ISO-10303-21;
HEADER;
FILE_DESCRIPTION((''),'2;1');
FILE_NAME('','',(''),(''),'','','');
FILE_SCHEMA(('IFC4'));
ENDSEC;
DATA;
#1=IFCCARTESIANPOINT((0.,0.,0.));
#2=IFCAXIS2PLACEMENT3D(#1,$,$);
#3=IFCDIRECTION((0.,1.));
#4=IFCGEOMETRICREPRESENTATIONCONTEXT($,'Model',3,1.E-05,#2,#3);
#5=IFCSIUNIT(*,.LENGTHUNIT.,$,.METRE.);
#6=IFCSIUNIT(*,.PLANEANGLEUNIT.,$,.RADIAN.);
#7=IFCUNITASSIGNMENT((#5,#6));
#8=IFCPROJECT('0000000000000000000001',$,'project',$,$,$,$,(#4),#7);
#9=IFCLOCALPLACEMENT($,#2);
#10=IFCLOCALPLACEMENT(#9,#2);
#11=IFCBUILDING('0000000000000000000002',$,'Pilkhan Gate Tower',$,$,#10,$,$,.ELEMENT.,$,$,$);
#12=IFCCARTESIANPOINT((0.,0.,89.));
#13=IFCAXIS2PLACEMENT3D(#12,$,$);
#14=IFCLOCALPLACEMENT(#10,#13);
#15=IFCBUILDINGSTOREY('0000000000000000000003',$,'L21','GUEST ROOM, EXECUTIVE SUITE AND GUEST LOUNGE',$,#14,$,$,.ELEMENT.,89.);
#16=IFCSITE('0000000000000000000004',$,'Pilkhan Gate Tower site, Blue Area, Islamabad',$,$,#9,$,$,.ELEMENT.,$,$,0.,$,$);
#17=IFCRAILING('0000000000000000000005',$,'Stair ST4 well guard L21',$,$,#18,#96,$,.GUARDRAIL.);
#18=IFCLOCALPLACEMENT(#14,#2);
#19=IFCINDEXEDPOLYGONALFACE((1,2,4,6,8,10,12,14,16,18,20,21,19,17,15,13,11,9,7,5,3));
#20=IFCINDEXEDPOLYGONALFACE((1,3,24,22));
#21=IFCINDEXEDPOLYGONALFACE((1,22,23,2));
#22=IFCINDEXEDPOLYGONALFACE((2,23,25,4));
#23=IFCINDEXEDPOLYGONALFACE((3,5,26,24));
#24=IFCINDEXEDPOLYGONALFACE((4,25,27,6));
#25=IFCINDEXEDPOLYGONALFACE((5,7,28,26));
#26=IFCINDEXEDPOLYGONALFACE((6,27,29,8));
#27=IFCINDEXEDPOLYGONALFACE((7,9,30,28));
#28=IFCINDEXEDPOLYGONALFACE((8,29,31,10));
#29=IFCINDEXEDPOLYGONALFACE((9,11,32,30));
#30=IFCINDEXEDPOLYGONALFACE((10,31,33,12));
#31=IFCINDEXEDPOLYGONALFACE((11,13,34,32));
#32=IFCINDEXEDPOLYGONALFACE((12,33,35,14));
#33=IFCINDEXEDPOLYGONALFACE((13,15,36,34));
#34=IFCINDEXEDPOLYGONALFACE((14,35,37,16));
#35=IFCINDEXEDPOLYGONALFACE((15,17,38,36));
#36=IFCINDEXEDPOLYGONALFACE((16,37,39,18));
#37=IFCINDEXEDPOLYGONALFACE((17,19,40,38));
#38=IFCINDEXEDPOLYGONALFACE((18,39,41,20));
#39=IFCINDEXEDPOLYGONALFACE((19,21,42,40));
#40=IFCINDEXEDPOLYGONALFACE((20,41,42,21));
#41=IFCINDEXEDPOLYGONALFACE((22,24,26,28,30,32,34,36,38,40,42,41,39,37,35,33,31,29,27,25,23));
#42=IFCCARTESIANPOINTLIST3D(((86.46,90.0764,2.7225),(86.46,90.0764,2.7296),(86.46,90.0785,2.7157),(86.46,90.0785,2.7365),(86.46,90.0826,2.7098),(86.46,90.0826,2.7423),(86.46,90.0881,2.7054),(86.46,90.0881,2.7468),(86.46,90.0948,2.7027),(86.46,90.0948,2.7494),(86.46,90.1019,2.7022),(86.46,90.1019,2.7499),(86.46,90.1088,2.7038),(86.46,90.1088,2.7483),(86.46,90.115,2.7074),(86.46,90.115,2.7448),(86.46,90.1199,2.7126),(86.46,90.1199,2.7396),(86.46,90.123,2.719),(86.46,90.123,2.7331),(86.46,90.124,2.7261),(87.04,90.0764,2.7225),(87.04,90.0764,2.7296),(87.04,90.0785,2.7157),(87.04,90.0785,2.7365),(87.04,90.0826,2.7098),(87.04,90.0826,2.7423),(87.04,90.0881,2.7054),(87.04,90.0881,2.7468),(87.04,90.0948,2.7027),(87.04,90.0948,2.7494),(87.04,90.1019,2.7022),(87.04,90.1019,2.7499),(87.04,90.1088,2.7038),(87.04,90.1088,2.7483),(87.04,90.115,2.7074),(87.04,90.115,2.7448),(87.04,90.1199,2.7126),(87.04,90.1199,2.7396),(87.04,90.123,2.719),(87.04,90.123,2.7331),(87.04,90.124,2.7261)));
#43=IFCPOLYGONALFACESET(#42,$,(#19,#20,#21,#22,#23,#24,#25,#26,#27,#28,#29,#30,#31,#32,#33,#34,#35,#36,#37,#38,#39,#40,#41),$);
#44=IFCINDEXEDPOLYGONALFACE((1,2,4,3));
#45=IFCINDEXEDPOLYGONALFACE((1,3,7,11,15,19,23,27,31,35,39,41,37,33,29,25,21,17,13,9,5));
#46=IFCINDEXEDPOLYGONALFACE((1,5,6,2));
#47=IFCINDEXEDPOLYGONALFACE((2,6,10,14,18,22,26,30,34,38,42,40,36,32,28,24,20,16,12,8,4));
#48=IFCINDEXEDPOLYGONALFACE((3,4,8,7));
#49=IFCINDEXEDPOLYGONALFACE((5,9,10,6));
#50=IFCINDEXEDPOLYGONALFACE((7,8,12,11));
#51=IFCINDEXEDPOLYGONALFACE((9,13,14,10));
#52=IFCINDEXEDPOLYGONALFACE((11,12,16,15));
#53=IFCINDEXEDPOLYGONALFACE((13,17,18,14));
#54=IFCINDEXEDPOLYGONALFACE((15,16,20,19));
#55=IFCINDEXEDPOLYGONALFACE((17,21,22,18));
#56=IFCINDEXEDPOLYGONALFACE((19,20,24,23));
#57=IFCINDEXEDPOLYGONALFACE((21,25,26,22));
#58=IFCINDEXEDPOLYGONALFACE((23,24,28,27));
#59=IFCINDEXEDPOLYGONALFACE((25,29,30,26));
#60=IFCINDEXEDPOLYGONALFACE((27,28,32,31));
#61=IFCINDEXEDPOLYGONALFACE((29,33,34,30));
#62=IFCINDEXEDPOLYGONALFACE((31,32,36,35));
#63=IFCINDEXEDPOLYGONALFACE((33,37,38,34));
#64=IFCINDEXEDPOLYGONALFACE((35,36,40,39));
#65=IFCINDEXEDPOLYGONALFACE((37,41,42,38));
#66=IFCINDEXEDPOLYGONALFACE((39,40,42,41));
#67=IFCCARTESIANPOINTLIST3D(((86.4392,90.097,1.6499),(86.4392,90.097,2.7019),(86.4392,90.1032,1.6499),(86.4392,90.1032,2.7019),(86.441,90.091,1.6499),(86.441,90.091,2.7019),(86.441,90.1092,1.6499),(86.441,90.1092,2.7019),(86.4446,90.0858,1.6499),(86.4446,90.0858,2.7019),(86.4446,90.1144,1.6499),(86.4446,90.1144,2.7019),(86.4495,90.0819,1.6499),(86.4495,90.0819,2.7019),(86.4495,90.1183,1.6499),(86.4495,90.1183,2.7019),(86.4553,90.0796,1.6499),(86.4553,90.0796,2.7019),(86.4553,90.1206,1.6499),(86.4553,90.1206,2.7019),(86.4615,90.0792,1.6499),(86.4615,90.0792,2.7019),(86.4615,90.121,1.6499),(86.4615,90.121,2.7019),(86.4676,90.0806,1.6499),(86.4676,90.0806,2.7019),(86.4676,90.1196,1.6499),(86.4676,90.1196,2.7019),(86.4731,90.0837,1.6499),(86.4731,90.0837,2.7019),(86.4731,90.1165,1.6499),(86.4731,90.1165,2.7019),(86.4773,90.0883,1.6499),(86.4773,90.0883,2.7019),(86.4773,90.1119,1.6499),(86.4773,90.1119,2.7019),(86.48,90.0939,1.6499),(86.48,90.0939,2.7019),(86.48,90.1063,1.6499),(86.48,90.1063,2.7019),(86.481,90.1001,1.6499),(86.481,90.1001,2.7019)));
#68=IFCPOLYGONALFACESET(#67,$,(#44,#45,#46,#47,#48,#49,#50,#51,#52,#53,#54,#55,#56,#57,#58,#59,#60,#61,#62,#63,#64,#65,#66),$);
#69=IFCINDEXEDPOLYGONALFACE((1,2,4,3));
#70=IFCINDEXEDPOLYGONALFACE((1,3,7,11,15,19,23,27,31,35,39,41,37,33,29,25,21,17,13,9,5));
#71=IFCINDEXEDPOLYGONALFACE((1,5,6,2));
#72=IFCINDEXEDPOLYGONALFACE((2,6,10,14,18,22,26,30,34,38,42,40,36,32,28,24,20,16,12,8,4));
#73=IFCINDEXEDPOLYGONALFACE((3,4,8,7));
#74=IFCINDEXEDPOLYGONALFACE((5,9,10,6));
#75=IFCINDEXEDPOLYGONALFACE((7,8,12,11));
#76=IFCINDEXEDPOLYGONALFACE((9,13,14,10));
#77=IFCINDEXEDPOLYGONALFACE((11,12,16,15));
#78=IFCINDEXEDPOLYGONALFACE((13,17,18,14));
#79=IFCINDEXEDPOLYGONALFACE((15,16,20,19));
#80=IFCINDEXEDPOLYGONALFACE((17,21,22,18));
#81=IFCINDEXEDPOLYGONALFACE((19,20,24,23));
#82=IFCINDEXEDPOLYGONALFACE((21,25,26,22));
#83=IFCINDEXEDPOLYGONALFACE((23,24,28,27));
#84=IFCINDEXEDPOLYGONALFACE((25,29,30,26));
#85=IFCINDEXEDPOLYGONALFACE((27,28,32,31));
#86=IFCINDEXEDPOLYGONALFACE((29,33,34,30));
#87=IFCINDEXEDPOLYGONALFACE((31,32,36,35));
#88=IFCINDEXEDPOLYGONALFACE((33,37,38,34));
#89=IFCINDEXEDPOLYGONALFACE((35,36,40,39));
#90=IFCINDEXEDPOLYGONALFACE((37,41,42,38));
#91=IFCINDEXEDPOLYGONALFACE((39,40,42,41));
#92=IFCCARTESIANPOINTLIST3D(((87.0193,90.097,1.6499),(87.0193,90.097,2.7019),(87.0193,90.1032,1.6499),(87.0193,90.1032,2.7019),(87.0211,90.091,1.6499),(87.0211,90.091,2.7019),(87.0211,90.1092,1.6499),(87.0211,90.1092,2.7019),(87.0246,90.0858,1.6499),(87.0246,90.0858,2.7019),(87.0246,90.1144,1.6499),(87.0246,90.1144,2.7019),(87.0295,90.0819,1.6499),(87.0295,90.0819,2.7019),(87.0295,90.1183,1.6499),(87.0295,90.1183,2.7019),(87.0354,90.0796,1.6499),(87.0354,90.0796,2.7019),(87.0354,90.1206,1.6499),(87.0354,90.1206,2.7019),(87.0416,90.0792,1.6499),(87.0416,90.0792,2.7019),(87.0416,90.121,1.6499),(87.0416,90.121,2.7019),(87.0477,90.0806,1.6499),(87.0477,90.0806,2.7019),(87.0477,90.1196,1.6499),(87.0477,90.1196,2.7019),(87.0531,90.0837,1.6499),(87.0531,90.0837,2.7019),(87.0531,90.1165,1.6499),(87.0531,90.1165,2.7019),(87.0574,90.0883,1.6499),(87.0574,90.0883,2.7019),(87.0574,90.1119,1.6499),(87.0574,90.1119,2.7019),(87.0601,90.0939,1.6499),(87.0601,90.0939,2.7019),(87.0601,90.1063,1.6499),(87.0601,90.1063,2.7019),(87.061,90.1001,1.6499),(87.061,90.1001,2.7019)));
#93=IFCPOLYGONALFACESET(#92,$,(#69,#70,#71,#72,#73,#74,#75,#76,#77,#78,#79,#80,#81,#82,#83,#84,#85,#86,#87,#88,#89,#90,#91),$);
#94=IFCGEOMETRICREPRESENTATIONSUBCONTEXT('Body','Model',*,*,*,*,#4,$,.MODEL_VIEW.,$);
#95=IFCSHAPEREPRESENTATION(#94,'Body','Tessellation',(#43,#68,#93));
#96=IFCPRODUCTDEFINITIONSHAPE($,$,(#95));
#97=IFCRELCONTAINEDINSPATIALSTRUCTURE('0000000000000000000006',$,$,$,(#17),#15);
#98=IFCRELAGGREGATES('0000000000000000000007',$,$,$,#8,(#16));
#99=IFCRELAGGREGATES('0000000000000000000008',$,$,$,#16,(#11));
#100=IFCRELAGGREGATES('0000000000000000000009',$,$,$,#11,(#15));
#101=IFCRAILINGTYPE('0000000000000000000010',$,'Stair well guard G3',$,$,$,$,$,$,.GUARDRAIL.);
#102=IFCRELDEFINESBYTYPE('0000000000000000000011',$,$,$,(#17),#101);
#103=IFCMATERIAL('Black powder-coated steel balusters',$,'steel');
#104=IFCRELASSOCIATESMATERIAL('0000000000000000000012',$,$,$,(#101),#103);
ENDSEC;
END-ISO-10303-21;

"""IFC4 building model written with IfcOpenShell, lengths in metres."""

from ifc_helpers import new_model, si_unit, direction, frame, origin, origin_2d, place, context, subcontext, project, spatial, circle, extrude, material, type_object, element, save


model = new_model("IFC4")

# Units and contexts
model_context = context("Model", 3, precision=1e-05, world=origin(), true_north=direction((0.0, 1.0)))
body_context = subcontext(model_context, "Body", "Model", "MODEL_VIEW")
ifc_project = project(units=[si_unit("LENGTHUNIT", "METRE"), si_unit("PLANEANGLEUNIT", "RADIAN")], contexts=[model_context])

# Site, building, storey
site_placement = place(None, origin())
site = spatial("IfcSite", under=ifc_project, at=site_placement, Name="Pilkhan Gate Tower site, Blue Area, Islamabad", CompositionType="ELEMENT", RefElevation=0.0)
building_placement = place(site_placement, origin())
building = spatial("IfcBuilding", under=site, at=building_placement, Name="Pilkhan Gate Tower", CompositionType="ELEMENT")
storey_placement = place(building_placement, frame((0.0, 0.0, 89.0)))
storey = spatial("IfcBuildingStorey", under=building, at=storey_placement, Name="L21", Description="GUEST ROOM, EXECUTIVE SUITE AND GUEST LOUNGE", CompositionType="ELEMENT", Elevation=89.0)

# Railing
ifc_material_1 = material(Name="Black powder-coated steel balusters", Category="steel")
railing_type_1 = type_object("IfcRailingType", Name="Stair well guard G3", PredefinedType="GUARDRAIL", material=ifc_material_1)
for number, where, name in (
    (1, (86.46, 90.1001, 1.6499), "Stair ST4 well guard L21"),
):
    element("IfcRailing", number, at=place(storey_placement, frame(where)), inside=storey, type_object=railing_type_1, Name=name, PredefinedType="GUARDRAIL", context=body_context, shape_type="SweptSolid", body=[
        extrude(circle(Radius=0.0239, at=origin_2d()), frame((0.0, 0.0, 1.0762), z_axis=(1.0, 0.0, 0.0), x_axis=(0.0, 1.0, 0.0)), (0.0, 0.0, 1.0), 0.5801),
        extrude(circle(Radius=0.021, at=origin_2d()), origin(), (0.0, 0.0, 1.0), 1.052),
        extrude(circle(Radius=0.021, at=origin_2d()), frame((0.5801, 0.0, 0.0)), (0.0, 0.0, 1.0), 1.052),
    ])

save(model, "model.ifc")
